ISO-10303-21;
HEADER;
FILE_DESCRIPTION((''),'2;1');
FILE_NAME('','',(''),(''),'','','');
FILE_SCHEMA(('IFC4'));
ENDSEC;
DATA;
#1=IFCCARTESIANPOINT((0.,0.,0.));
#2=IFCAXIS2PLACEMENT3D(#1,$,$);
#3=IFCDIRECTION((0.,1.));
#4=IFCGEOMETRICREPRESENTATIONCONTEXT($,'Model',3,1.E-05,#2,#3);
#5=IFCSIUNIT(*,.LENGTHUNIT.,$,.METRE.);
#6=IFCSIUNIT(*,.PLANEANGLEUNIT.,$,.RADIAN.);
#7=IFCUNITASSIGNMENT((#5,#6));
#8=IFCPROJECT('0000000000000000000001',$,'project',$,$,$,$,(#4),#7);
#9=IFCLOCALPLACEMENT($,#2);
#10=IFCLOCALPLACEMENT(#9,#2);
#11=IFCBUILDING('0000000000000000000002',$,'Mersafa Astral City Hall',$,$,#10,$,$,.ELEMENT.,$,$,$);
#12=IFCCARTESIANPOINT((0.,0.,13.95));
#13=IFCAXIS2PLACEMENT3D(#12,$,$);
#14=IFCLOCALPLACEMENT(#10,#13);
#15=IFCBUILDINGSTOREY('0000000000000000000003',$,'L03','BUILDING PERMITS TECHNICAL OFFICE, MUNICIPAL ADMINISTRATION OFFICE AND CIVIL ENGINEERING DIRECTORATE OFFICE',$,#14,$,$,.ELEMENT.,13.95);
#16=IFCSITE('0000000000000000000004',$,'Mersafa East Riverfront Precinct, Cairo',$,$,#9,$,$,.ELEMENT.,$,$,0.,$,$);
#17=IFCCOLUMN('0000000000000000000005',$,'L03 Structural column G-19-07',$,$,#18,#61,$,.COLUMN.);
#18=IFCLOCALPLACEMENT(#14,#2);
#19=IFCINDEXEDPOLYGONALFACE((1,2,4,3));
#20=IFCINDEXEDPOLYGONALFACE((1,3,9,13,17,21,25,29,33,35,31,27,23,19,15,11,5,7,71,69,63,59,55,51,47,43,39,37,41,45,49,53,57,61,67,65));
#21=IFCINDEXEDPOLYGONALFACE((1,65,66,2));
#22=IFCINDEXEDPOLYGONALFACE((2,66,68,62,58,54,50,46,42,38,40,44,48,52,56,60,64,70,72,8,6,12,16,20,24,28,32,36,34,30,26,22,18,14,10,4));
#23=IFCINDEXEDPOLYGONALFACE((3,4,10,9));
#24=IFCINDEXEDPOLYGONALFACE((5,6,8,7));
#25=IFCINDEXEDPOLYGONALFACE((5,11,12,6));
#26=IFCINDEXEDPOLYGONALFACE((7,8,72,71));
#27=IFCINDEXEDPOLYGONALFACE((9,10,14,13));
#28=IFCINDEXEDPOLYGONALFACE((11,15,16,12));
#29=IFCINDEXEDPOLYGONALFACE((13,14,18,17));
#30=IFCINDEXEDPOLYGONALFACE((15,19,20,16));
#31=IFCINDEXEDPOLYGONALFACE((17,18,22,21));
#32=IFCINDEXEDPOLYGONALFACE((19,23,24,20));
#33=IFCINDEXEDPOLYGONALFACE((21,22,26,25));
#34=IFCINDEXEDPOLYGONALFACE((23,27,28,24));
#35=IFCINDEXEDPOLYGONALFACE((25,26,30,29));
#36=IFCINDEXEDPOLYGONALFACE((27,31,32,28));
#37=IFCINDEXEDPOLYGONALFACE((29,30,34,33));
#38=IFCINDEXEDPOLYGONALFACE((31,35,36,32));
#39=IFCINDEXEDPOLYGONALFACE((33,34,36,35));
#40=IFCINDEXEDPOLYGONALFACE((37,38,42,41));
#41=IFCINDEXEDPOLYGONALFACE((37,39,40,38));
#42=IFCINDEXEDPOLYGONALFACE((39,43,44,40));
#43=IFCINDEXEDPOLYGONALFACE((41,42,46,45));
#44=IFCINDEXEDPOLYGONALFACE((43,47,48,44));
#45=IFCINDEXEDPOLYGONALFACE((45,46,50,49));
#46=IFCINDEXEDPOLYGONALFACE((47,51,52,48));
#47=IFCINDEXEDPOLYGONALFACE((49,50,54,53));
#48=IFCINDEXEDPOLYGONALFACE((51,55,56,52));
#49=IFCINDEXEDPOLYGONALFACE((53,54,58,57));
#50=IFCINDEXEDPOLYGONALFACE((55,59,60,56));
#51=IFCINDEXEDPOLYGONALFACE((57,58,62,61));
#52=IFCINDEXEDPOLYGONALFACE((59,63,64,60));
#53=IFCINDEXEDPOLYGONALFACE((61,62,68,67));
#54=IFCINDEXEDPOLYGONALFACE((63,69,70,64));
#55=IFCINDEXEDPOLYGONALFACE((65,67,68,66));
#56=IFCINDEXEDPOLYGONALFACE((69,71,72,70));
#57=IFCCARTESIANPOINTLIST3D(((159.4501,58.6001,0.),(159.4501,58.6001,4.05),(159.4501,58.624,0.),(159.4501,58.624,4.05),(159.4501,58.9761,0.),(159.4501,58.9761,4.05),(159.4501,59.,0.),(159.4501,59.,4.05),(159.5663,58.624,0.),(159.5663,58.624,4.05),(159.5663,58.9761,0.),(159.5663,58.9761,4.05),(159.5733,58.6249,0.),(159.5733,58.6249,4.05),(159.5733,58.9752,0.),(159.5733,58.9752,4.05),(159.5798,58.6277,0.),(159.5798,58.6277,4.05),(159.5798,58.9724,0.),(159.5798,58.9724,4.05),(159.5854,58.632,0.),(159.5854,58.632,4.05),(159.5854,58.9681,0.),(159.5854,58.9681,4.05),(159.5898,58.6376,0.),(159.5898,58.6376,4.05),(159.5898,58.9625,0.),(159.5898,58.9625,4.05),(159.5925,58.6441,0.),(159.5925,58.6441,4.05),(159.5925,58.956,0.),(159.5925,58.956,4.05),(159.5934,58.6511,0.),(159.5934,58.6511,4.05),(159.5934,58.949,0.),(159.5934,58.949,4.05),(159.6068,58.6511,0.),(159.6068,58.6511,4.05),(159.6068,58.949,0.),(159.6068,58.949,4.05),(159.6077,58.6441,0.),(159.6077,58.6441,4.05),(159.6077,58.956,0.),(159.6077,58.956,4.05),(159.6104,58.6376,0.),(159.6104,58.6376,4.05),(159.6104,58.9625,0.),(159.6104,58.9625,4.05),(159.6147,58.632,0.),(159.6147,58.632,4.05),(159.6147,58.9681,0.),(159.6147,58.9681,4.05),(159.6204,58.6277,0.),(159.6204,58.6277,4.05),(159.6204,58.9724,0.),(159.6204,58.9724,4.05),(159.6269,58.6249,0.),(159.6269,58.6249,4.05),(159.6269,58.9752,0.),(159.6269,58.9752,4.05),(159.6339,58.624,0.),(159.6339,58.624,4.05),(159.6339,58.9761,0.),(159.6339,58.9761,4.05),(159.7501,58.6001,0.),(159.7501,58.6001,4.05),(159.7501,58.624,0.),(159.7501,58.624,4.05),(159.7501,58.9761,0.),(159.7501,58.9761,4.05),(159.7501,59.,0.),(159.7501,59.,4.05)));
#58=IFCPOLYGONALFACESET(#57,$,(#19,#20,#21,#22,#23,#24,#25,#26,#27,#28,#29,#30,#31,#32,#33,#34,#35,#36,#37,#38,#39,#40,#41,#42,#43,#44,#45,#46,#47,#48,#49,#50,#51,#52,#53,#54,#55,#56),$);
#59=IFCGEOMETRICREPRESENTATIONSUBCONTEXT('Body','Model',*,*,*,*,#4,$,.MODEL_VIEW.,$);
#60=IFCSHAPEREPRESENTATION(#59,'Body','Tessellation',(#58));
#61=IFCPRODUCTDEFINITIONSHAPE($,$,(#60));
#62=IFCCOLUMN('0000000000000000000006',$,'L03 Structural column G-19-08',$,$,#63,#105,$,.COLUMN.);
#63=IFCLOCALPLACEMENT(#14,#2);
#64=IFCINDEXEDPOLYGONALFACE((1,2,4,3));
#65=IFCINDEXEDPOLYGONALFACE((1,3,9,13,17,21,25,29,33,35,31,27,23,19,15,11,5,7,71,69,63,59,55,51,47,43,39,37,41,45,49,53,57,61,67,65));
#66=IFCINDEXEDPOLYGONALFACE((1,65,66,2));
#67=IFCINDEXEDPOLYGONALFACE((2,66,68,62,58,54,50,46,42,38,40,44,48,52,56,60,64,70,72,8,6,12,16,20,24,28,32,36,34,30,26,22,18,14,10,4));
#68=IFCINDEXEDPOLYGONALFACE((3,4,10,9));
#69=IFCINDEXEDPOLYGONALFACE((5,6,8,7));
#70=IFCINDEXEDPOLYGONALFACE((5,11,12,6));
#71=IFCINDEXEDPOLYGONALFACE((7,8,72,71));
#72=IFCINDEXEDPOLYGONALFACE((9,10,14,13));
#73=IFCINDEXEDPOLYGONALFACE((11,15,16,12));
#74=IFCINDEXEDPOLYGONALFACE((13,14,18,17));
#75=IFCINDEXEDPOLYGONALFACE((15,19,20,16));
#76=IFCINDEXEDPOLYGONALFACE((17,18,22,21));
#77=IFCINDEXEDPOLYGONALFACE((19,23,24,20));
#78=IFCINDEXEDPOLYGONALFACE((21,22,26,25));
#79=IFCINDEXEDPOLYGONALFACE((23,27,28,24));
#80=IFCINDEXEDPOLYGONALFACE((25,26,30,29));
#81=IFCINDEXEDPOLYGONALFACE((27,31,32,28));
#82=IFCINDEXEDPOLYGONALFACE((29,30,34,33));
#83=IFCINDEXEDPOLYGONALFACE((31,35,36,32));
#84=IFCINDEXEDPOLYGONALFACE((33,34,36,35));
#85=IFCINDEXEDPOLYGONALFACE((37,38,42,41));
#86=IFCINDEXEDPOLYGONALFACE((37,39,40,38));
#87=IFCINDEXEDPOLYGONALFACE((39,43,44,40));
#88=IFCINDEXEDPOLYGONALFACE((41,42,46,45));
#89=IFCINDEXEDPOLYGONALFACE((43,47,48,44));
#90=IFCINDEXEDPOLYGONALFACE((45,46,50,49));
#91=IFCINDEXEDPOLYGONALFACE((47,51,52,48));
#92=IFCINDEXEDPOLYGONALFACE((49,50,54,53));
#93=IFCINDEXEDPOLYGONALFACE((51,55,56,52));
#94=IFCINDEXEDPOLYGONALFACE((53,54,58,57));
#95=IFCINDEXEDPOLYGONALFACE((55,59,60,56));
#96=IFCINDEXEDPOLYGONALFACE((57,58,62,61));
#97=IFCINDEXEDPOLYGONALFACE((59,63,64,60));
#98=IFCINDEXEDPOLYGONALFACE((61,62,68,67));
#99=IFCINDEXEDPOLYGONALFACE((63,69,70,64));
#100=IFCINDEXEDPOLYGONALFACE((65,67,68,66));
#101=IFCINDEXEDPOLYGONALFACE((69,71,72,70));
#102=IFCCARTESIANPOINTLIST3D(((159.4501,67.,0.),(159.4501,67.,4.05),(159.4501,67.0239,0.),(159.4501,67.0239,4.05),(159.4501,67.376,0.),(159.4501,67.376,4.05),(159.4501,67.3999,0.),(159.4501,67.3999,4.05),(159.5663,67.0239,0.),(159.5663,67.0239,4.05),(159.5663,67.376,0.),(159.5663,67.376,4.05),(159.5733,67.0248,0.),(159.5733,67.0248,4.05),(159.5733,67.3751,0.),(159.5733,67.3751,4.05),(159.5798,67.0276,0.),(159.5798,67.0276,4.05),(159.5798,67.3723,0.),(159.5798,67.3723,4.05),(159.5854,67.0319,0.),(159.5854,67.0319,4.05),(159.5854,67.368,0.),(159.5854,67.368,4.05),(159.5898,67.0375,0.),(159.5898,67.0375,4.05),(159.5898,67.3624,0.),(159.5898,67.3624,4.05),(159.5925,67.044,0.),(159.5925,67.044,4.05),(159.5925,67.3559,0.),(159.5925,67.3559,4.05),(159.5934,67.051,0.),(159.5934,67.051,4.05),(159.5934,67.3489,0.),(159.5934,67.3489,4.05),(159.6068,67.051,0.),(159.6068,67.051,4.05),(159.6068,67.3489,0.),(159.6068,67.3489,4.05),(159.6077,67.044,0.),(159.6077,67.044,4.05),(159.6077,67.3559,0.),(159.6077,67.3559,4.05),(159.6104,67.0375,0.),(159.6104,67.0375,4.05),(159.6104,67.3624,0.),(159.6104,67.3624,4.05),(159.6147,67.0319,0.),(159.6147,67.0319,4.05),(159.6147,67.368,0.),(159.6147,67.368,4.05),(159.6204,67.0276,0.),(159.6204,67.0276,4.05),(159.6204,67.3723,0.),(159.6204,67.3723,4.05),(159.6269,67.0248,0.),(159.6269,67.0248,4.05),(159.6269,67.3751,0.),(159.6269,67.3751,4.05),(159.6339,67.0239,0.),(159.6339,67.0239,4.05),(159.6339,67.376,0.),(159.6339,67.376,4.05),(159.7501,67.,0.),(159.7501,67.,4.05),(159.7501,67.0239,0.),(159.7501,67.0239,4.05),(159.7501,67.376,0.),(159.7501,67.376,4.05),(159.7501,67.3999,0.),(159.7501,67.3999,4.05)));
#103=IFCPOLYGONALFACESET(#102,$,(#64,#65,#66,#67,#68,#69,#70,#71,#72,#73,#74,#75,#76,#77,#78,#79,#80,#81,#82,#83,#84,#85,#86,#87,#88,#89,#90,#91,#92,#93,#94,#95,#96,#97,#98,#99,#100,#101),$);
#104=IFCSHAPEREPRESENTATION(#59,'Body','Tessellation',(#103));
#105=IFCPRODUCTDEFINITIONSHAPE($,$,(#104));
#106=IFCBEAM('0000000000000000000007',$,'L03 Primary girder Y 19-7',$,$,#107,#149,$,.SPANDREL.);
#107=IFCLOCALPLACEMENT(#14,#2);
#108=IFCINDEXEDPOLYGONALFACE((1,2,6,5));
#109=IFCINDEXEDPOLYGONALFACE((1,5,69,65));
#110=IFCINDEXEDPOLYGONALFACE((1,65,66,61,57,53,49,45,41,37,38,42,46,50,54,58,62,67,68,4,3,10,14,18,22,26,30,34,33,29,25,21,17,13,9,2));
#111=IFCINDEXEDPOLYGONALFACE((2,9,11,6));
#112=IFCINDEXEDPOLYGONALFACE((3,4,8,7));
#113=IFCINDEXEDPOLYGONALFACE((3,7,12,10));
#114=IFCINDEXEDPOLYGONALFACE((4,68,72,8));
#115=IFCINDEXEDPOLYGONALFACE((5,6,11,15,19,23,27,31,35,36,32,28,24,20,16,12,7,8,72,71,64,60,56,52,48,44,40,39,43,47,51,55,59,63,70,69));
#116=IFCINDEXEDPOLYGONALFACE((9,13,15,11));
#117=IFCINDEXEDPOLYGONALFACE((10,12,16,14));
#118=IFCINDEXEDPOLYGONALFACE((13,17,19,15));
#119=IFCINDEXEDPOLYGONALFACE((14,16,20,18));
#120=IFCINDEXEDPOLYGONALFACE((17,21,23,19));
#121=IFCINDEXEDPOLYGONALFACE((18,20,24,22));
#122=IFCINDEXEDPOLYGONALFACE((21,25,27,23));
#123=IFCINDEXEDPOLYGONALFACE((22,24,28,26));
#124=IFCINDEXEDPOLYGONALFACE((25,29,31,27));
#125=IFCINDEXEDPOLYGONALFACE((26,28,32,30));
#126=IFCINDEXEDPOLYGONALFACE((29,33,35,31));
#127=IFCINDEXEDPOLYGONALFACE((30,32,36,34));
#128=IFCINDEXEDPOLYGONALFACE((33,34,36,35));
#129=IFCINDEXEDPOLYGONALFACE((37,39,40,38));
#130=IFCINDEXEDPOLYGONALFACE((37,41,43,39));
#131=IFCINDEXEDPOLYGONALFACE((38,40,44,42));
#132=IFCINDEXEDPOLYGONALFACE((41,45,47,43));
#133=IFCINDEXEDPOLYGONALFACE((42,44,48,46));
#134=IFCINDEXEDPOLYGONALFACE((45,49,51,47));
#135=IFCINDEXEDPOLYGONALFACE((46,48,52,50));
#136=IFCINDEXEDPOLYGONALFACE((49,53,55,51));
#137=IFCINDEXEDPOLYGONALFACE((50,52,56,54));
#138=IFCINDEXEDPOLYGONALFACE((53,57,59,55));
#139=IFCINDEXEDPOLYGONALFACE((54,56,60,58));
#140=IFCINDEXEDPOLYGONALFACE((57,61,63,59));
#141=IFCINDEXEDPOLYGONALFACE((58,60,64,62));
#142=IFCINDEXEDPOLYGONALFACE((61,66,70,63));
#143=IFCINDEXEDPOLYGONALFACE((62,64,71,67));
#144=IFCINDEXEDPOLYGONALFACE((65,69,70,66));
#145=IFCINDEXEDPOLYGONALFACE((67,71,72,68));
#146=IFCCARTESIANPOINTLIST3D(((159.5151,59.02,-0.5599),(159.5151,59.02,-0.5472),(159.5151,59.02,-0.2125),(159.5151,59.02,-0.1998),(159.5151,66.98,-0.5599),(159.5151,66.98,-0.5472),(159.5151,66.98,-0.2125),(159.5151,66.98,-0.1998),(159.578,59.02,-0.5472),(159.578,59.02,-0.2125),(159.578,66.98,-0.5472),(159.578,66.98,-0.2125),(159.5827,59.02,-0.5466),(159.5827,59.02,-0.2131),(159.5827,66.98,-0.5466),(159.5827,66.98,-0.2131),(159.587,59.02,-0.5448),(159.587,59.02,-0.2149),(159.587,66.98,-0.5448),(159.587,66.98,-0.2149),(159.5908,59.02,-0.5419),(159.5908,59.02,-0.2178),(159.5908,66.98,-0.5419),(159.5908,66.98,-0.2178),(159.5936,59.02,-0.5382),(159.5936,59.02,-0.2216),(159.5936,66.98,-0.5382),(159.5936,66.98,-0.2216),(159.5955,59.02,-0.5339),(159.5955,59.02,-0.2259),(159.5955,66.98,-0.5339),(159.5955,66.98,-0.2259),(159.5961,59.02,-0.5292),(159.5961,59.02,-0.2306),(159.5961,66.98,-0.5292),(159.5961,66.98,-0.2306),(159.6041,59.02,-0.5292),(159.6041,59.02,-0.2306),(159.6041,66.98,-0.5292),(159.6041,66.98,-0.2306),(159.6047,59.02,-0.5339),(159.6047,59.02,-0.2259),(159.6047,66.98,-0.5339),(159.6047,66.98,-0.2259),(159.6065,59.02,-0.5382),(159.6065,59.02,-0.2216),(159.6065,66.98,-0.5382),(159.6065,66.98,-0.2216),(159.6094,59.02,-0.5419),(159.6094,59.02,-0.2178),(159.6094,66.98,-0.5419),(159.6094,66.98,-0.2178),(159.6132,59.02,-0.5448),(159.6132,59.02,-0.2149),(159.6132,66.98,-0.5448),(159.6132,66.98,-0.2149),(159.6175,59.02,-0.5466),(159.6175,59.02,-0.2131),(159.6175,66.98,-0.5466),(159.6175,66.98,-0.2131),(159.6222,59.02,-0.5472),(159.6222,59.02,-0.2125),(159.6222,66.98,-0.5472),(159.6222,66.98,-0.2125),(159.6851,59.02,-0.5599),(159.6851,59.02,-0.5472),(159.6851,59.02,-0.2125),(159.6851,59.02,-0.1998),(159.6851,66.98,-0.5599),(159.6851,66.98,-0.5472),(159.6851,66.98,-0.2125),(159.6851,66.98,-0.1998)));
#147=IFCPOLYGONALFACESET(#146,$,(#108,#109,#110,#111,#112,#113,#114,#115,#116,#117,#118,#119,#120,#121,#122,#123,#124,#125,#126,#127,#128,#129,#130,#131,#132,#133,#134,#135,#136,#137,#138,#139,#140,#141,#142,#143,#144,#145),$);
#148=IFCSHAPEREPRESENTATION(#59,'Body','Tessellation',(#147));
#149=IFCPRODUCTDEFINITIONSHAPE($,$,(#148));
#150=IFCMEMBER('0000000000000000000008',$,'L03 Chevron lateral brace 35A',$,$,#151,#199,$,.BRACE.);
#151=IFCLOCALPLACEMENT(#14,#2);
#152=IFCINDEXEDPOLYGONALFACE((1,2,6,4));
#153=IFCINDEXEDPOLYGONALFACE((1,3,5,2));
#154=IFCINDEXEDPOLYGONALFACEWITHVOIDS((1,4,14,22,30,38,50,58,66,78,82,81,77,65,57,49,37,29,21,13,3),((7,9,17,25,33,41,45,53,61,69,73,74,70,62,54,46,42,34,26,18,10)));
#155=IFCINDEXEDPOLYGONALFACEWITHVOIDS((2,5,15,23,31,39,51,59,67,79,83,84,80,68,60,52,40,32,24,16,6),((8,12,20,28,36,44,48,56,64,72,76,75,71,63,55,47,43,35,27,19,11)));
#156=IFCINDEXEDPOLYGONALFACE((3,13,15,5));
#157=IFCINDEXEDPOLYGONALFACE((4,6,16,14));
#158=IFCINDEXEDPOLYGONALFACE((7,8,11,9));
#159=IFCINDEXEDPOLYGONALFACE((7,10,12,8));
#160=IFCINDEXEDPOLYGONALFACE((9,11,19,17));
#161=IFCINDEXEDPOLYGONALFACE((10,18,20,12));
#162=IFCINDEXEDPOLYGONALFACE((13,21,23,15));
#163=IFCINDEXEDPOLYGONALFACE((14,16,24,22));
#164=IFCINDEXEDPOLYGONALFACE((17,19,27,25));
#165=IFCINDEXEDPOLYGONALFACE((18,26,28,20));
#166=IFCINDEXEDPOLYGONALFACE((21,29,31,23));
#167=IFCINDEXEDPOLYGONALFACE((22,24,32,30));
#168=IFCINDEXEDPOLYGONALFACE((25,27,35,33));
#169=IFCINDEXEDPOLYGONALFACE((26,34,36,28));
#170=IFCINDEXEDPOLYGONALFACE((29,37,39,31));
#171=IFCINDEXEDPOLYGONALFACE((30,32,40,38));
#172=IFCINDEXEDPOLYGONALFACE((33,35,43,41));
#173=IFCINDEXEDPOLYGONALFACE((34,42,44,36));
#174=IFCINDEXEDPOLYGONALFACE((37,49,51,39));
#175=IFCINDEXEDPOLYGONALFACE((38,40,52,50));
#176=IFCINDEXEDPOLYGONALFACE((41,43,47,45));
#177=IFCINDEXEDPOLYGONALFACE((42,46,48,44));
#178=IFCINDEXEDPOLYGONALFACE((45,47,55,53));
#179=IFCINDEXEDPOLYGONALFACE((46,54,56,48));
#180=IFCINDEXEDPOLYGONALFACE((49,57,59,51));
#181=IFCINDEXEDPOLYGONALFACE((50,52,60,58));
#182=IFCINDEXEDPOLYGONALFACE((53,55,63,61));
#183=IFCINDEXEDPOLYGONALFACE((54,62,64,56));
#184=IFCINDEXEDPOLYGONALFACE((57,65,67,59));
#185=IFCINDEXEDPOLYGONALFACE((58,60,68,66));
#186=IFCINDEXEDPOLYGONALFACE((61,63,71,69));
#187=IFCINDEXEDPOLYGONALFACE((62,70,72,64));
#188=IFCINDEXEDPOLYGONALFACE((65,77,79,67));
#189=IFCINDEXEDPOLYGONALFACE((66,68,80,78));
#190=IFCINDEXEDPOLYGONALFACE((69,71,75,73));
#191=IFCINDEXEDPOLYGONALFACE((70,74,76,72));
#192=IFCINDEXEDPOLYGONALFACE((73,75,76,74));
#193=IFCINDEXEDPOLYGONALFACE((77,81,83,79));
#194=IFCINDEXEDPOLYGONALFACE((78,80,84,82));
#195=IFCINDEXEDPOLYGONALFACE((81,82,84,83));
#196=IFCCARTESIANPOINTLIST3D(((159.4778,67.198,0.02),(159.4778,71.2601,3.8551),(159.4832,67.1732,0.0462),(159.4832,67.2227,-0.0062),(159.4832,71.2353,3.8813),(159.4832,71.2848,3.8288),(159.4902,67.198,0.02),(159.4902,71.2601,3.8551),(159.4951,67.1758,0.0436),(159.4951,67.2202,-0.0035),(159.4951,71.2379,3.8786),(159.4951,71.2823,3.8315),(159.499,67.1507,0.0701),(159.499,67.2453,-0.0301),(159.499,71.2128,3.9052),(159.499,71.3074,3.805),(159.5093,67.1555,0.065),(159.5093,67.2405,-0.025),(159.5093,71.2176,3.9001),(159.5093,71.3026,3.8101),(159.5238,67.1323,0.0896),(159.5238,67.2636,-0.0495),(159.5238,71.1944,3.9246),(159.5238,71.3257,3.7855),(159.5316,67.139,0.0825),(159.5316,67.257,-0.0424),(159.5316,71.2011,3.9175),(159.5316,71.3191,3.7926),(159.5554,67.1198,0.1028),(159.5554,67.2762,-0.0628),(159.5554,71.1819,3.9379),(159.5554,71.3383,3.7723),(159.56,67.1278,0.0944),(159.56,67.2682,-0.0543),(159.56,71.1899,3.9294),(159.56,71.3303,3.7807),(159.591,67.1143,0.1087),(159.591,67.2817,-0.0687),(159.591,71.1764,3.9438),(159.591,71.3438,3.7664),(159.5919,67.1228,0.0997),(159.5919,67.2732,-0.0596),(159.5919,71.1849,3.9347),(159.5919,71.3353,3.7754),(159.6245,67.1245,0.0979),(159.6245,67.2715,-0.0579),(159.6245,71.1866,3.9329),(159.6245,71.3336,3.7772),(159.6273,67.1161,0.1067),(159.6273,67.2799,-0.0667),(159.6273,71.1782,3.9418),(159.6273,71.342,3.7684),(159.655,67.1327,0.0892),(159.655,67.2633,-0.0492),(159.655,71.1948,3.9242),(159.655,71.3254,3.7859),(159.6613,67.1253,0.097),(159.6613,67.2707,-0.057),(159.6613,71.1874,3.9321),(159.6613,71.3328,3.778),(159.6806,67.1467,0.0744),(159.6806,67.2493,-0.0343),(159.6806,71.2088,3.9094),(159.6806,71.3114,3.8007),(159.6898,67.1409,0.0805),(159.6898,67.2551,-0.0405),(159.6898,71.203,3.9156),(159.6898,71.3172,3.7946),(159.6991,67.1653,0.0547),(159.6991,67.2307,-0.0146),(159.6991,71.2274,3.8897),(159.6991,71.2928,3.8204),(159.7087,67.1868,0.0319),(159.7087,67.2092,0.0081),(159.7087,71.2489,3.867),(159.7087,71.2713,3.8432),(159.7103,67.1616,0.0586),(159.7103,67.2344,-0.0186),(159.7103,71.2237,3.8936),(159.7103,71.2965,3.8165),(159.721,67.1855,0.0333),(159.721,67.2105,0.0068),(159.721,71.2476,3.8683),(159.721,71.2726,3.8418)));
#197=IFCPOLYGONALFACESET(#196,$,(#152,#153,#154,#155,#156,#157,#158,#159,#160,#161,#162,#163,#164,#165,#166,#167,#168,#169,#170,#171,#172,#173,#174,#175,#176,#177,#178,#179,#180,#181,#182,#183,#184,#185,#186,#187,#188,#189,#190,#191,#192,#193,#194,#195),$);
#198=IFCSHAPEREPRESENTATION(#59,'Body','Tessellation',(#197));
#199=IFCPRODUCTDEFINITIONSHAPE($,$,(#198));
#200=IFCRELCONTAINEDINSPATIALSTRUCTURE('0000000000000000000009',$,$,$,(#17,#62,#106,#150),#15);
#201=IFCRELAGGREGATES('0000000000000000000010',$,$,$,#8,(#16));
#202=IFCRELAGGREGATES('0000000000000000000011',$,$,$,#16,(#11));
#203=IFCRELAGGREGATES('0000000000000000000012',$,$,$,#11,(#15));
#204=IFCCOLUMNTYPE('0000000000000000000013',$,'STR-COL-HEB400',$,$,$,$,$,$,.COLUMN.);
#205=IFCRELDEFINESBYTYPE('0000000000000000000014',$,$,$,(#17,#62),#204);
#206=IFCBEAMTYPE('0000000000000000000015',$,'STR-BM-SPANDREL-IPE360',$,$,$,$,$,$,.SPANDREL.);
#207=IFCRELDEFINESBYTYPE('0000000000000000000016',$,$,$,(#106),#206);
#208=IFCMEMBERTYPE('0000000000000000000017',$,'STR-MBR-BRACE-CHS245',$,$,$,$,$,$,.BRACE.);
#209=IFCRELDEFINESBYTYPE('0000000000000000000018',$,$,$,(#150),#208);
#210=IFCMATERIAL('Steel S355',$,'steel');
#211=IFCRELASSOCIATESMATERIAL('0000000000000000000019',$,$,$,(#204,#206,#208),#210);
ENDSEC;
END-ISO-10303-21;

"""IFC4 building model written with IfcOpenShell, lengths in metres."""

from ifc_helpers import new_model, si_unit, direction, frame, origin, origin_2d, place, context, subcontext, project, spatial, hollow_circle, i_section, extrude, material, material_profile, profile_set, type_object, element, save


model = new_model("IFC4")

# Units and contexts
model_context = context("Model", 3, precision=1e-05, world=origin(), true_north=direction((0.0, 1.0)))
body_context = subcontext(model_context, "Body", "Model", "MODEL_VIEW")
ifc_project = project(units=[si_unit("LENGTHUNIT", "METRE"), si_unit("PLANEANGLEUNIT", "RADIAN")], contexts=[model_context])

# Site, building, storey
site_placement = place(None, origin())
site = spatial("IfcSite", under=ifc_project, at=site_placement, Name="Mersafa East Riverfront Precinct, Cairo", CompositionType="ELEMENT", RefElevation=0.0)
building_placement = place(site_placement, origin())
building = spatial("IfcBuilding", under=site, at=building_placement, Name="Mersafa Astral City Hall", CompositionType="ELEMENT")
storey_placement = place(building_placement, frame((0.0, 0.0, 13.95)))
storey = spatial("IfcBuildingStorey", under=building, at=storey_placement, Name="L03", Description="BUILDING PERMITS TECHNICAL OFFICE, MUNICIPAL ADMINISTRATION OFFICE AND CIVIL ENGINEERING DIRECTORATE OFFICE", CompositionType="ELEMENT", Elevation=13.95)

# Columns
ifc_material_1 = material(Name="Steel S355", Category="steel")
ifc_material_profile_1 = material_profile(ifc_material_1, i_section(OverallWidth=0.3, OverallDepth=0.3999, WebThickness=0.0134, FlangeThickness=0.0239, FilletRadius=0.0271, at=origin_2d()), Name="HEB 400")
ifc_profile_set_1 = profile_set([ifc_material_profile_1], Name="Steel S355")
column_type = type_object("IfcColumnType", Name="STR-COL-HEB400", PredefinedType="COLUMN", material=ifc_profile_set_1)
for number, where, z_axis, x_axis, name in (
    (1, (159.6001, 58.8, 0.0), (0.0, 0.0, 1.0), (1.0, 0.0, 0.0), "L03 Structural column G-19-07"),
    (2, (159.6001, 67.2, 0.0), (0.0, 0.0, 1.0), (1.0, 0.0, 0.0), "L03 Structural column G-19-08"),
):
    element("IfcColumn", number, at=place(storey_placement, frame(where, z_axis=z_axis, x_axis=x_axis)), inside=storey, type_object=column_type, Name=name, PredefinedType="COLUMN", context=body_context, shape_type="SweptSolid", body=[
        extrude(i_section(OverallWidth=0.3, OverallDepth=0.3999, WebThickness=0.0134, FlangeThickness=0.0239, FilletRadius=0.0271, at=origin_2d()), origin(), (0.0, 0.0, 1.0), 4.05),
    ])

# Beam
ifc_material_profile_2 = material_profile(ifc_material_1, i_section(OverallWidth=0.1699, OverallDepth=0.3601, WebThickness=0.0081, FlangeThickness=0.0127, FilletRadius=0.0181, at=origin_2d()), Name="IPE 360")
ifc_profile_set_2 = profile_set([ifc_material_profile_2], Name="Steel S355")
beam_type = type_object("IfcBeamType", Name="STR-BM-SPANDREL-IPE360", PredefinedType="SPANDREL", material=ifc_profile_set_2)
beam_placement = place(storey_placement, frame((159.6001, 59.02, -0.3799), z_axis=(0.0, 1.0, 0.0), x_axis=(-1.0, 0.0, 0.0)))
element("IfcBeam", 3, at=beam_placement, inside=storey, type_object=beam_type, Name="L03 Primary girder Y 19-7", PredefinedType="SPANDREL", context=body_context, shape_type="SweptSolid", body=[
    extrude(i_section(OverallWidth=0.1699, OverallDepth=0.3601, WebThickness=0.0081, FlangeThickness=0.0127, FilletRadius=0.0181, at=origin_2d()), origin(), (0.0, 0.0, 1.0), 7.96),
])

# Member
ifc_material_profile_3 = material_profile(ifc_material_1, hollow_circle(Radius=0.1223, WallThickness=0.0125, at=origin_2d()), Name="CHS 244.5x12.5")
ifc_profile_set_3 = profile_set([ifc_material_profile_3], Name="Steel S355")
member_type = type_object("IfcMemberType", Name="STR-MBR-BRACE-CHS245", PredefinedType="BRACE", material=ifc_profile_set_3)
member_placement = place(storey_placement, frame((159.6001, 67.198, 0.02), z_axis=(0.0, 0.727137, 0.686493), x_axis=(-1.0, 0.0, 0.0)))
element("IfcMember", 4, at=member_placement, inside=storey, type_object=member_type, Name="L03 Chevron lateral brace 35A", PredefinedType="BRACE", context=body_context, shape_type="SweptSolid", body=[
    extrude(hollow_circle(Radius=0.1223, WallThickness=0.0125, at=origin_2d()), origin(), (0.0, 0.0, 1.0), 5.5864),
])

save(model, "model.ifc")
